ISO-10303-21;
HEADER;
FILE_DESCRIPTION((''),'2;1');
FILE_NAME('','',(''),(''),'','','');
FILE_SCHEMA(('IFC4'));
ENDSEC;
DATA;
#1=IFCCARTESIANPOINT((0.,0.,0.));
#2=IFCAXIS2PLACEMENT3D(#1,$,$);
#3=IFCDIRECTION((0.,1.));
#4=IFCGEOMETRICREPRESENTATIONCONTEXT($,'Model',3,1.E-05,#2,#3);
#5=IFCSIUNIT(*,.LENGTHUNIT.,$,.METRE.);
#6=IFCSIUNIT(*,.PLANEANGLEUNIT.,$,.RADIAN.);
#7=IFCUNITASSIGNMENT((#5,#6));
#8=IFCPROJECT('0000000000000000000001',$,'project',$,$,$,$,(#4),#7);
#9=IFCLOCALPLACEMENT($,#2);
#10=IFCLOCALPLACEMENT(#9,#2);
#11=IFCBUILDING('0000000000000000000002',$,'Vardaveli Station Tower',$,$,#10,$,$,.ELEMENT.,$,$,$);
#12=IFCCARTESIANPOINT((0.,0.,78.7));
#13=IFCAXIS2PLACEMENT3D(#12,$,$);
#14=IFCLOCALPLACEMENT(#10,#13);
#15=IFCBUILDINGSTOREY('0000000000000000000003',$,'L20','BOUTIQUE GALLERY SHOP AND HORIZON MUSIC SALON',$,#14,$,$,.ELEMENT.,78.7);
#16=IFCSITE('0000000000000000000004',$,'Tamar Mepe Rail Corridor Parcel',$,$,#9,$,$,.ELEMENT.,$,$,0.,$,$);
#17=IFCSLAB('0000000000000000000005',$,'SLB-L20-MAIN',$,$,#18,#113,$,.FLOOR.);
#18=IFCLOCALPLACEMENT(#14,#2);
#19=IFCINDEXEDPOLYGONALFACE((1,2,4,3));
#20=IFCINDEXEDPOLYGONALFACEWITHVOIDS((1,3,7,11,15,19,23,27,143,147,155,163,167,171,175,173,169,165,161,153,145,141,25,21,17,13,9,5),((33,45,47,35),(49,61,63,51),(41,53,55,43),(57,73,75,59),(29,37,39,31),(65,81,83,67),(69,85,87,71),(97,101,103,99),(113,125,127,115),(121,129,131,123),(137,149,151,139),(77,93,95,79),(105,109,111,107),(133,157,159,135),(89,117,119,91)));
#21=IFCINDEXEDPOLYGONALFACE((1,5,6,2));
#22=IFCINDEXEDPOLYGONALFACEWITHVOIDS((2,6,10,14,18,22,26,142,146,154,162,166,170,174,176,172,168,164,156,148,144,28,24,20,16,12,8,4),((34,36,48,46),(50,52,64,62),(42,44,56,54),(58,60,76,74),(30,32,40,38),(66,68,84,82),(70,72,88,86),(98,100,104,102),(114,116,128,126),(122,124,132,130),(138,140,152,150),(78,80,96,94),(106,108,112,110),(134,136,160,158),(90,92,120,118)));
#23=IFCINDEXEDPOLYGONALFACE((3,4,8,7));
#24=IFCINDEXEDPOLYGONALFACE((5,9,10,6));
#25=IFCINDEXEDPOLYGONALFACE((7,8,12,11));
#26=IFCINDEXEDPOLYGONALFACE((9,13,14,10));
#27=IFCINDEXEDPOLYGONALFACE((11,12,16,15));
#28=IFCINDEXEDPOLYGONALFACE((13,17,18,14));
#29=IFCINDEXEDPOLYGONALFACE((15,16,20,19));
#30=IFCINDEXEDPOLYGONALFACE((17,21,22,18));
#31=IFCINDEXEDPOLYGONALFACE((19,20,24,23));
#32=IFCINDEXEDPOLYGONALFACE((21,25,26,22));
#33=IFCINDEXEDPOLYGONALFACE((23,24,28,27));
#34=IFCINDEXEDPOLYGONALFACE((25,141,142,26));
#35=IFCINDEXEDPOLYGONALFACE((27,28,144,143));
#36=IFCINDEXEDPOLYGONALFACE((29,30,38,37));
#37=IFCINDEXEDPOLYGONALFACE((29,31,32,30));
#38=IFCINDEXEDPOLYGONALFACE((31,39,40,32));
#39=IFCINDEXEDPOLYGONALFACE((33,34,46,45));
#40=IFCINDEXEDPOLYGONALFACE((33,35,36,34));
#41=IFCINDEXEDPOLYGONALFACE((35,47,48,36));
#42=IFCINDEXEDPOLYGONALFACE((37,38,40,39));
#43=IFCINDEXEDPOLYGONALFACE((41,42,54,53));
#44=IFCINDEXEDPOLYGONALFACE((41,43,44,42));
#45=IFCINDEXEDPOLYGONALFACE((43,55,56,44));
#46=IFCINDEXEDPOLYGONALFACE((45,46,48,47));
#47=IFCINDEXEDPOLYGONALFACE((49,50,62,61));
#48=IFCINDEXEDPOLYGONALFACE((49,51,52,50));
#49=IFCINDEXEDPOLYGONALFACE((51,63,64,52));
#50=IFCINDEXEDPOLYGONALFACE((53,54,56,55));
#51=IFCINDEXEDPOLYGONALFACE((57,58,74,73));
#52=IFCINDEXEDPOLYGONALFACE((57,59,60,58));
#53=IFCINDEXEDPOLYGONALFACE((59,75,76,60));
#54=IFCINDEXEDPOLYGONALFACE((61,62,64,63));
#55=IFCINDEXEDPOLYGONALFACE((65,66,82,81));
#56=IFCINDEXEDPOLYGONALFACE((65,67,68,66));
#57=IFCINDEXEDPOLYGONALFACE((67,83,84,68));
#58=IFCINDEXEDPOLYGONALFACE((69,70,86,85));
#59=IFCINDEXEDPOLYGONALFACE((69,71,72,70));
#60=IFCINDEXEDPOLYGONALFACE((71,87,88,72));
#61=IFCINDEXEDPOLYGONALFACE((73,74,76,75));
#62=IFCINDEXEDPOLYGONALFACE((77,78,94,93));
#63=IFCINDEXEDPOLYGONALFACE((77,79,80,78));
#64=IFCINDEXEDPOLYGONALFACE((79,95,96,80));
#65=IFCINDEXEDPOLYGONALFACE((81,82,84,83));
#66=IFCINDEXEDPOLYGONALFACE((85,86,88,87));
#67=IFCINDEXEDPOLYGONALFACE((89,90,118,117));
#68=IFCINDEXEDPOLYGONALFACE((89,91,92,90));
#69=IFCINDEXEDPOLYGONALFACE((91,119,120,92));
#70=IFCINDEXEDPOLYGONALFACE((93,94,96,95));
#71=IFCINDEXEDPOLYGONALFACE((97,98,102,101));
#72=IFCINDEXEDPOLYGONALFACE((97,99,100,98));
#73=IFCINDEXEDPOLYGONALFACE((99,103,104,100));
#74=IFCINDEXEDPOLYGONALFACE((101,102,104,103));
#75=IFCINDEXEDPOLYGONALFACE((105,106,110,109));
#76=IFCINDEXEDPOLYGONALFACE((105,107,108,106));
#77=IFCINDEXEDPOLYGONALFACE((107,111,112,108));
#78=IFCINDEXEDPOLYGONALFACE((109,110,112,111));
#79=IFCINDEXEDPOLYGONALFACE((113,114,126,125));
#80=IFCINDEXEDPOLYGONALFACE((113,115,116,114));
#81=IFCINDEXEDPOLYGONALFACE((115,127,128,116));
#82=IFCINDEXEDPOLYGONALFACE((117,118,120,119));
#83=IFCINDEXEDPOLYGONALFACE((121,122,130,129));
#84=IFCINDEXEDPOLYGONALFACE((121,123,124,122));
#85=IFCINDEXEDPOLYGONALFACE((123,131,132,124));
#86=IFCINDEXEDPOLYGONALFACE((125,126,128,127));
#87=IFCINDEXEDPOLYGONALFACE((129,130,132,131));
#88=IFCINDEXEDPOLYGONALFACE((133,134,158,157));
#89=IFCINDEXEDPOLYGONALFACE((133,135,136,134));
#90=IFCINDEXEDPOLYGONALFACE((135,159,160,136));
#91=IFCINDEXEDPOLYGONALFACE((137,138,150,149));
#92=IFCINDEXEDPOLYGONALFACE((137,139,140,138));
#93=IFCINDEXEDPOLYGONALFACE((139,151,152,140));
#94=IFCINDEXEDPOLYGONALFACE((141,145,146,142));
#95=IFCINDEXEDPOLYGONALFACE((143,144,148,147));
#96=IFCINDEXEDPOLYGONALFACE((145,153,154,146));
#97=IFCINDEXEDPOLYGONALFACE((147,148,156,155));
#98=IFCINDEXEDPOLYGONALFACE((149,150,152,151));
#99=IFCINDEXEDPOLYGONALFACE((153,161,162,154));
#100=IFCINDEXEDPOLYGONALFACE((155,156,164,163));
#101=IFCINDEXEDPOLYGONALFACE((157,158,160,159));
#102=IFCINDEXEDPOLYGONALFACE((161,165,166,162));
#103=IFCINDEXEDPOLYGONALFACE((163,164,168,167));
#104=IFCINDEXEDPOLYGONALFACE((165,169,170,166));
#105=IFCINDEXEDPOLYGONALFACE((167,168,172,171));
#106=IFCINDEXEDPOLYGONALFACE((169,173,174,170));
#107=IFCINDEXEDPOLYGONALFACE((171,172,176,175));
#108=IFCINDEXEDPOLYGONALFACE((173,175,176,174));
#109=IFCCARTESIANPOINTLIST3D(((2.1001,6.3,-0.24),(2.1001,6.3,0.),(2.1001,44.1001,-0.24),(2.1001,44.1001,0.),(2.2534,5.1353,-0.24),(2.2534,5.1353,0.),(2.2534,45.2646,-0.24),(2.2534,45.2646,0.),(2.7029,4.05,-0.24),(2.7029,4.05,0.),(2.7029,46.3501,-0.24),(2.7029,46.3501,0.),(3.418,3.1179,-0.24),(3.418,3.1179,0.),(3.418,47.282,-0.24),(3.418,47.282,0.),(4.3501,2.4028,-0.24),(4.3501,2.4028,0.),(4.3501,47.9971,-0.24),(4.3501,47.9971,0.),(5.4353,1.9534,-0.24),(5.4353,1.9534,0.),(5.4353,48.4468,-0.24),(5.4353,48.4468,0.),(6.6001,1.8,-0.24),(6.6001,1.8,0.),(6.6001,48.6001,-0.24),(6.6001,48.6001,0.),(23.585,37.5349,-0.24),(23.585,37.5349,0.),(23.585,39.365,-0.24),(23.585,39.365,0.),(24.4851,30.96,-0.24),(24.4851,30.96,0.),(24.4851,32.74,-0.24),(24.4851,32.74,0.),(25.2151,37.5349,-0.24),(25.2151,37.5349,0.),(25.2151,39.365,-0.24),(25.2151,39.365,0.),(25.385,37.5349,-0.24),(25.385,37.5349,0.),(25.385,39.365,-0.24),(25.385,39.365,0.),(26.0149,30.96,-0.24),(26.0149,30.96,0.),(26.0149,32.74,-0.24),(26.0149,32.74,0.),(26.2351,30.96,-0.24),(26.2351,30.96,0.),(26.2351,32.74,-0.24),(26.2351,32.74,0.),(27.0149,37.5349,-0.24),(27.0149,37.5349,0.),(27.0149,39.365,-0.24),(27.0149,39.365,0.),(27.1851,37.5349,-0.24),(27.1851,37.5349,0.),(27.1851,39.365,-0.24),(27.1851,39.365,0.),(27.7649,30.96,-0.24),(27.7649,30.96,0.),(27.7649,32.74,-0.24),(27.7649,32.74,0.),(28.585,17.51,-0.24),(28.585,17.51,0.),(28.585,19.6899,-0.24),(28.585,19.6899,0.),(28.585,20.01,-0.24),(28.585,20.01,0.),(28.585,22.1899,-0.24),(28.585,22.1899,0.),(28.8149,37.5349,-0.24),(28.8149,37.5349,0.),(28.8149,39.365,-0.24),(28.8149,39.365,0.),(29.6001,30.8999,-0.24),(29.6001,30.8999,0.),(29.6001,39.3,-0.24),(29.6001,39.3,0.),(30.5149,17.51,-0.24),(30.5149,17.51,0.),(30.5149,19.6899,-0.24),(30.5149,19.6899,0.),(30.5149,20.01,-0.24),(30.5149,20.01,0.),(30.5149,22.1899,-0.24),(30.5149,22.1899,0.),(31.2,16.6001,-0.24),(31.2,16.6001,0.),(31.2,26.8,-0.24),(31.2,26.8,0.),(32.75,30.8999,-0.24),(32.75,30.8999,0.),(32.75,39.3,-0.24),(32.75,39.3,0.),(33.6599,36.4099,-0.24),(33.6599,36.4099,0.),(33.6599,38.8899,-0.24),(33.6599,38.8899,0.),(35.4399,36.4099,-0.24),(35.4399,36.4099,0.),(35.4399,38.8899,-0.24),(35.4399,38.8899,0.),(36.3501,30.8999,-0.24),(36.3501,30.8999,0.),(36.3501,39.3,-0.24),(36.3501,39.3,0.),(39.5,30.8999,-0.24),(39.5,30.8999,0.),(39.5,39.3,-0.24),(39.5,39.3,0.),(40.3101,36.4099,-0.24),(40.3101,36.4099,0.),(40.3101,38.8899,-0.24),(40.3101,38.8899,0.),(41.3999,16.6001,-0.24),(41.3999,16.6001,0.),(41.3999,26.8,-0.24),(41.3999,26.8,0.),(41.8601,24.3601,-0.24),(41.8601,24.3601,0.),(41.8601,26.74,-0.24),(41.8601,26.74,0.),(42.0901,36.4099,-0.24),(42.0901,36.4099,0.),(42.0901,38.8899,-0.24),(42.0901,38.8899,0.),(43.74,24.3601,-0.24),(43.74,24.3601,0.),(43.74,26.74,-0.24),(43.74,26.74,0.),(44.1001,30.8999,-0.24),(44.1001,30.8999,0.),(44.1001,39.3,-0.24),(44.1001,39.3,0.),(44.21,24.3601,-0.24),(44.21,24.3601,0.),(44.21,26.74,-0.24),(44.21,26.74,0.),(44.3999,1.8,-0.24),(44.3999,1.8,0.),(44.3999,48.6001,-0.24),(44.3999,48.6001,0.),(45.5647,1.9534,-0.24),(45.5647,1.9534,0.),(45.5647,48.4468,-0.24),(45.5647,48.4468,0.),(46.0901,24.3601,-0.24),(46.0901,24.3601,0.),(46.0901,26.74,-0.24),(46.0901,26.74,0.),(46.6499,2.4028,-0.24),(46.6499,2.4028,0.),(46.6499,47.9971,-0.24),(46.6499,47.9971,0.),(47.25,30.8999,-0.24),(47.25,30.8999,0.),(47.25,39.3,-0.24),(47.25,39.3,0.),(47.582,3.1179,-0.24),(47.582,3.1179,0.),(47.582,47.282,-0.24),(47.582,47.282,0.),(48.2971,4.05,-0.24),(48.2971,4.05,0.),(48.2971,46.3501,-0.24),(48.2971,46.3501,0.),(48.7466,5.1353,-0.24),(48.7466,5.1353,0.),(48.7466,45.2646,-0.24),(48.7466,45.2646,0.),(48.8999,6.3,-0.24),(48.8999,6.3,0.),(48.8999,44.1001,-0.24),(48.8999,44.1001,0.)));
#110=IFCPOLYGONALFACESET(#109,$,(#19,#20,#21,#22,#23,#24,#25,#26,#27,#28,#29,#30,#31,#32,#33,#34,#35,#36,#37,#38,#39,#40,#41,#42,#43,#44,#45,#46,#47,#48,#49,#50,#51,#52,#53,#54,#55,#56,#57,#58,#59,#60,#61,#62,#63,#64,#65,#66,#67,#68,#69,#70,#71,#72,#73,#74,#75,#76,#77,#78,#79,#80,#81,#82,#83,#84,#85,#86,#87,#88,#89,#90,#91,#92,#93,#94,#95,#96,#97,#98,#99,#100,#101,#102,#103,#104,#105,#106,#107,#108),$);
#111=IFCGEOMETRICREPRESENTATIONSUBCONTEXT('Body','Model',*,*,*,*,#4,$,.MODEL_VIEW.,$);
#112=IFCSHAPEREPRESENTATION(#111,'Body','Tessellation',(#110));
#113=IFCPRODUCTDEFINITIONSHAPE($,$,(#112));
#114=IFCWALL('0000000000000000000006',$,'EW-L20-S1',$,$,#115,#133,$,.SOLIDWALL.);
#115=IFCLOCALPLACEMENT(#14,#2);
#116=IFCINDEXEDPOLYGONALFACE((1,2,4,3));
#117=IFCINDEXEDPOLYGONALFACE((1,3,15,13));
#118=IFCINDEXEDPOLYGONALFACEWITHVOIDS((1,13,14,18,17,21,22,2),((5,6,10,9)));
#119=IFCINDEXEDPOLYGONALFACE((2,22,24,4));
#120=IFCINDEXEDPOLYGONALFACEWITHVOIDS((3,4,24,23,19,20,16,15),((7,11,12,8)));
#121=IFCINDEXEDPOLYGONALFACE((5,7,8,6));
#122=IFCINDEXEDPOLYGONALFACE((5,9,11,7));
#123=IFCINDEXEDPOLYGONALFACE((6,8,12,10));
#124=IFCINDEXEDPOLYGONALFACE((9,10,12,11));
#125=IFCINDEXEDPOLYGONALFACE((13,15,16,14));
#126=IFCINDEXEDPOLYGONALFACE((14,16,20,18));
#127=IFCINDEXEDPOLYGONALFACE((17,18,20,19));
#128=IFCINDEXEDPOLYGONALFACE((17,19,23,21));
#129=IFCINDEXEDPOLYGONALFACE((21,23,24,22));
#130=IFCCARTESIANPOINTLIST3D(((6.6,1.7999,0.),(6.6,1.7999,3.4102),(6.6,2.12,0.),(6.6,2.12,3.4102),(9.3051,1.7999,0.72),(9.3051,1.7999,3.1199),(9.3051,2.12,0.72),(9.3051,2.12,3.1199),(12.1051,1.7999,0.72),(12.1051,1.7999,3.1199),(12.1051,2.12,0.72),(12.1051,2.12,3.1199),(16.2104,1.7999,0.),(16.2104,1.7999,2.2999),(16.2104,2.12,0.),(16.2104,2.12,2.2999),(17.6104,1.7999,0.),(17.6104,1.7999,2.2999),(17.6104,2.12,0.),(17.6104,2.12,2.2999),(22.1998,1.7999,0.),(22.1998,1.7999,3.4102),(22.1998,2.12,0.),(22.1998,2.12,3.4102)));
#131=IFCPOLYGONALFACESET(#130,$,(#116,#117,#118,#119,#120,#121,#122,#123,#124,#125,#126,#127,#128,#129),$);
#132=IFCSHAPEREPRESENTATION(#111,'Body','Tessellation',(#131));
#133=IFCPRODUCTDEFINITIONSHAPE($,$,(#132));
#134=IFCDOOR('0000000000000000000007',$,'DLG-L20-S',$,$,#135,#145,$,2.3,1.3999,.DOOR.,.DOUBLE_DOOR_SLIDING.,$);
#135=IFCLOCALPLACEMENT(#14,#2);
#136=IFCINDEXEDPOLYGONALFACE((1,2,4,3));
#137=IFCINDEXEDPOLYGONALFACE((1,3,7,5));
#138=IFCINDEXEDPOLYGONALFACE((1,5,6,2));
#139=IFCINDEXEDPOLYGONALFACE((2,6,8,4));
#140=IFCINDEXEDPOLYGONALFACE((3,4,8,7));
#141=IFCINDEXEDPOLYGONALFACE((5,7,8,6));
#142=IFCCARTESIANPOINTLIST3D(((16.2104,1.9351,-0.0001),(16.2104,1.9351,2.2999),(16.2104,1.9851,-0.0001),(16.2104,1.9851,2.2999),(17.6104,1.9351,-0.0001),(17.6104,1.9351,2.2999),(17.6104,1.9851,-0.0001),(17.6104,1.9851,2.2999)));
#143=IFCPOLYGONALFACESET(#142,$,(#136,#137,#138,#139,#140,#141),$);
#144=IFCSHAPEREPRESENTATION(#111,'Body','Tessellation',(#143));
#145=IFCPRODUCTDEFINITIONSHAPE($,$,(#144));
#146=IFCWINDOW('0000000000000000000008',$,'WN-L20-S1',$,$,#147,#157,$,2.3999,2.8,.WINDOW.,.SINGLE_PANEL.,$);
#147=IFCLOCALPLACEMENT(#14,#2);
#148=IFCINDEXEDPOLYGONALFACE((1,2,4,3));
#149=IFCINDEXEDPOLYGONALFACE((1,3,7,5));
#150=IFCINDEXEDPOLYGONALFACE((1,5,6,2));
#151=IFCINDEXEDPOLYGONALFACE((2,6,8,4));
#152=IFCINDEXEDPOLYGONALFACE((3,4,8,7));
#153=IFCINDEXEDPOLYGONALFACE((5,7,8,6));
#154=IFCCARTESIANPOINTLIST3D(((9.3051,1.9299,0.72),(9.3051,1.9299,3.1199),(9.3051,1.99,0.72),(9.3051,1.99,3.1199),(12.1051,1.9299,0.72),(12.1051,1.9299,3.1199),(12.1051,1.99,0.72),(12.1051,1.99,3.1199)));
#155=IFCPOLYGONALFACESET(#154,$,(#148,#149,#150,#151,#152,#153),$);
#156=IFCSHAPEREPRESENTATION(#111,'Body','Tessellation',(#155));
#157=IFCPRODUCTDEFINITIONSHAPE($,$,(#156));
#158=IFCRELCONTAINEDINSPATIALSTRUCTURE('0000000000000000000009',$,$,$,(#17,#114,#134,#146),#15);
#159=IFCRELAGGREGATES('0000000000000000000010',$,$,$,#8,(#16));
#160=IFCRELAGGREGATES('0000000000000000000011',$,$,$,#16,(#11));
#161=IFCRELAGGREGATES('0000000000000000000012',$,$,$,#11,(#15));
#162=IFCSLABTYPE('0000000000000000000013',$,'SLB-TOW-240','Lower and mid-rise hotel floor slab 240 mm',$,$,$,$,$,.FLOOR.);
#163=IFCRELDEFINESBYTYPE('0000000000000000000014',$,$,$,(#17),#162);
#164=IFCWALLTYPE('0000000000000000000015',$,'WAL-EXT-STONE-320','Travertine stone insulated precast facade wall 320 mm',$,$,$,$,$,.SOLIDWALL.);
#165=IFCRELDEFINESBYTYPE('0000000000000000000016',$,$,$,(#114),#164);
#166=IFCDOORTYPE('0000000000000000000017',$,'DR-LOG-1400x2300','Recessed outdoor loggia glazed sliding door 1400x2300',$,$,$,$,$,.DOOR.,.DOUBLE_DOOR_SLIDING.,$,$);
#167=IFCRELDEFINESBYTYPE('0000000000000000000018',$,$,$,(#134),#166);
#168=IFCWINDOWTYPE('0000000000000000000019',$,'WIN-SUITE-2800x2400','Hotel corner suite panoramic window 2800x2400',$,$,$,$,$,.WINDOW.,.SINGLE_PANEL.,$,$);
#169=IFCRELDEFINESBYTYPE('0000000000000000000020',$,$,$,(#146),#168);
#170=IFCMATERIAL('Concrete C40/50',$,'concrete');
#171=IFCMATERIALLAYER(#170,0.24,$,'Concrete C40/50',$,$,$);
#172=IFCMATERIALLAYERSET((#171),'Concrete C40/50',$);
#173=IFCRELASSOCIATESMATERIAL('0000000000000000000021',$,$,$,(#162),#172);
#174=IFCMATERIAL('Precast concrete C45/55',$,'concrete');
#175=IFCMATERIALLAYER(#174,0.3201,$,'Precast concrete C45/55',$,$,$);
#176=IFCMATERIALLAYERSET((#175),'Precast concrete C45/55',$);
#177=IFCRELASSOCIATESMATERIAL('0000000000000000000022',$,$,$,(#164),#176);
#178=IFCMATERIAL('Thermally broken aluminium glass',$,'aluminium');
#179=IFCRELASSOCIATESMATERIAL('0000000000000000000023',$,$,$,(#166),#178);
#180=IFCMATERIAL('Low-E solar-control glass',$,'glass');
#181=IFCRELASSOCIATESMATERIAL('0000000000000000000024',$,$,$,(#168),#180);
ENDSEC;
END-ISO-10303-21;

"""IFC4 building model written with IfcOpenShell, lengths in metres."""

from ifc_helpers import new_model, si_unit, direction, frame, frame_2d, origin, place, context, subcontext, project, spatial, polyline, rectangle, outline, extrude, source, transform, mapped, material, layer, layer_set, type_object, element, fill, save


model = new_model("IFC4")

# Units and contexts
model_context = context("Model", 3, precision=1e-05, world=origin(), true_north=direction((0.0, 1.0)))
body_context = subcontext(model_context, "Body", "Model", "MODEL_VIEW")
ifc_project = project(units=[si_unit("LENGTHUNIT", "METRE"), si_unit("PLANEANGLEUNIT", "RADIAN")], contexts=[model_context])

# Site, building, storey
site_placement = place(None, origin())
site = spatial("IfcSite", under=ifc_project, at=site_placement, Name="Tamar Mepe Rail Corridor Parcel", CompositionType="ELEMENT", RefElevation=0.0)
building_placement = place(site_placement, origin())
building = spatial("IfcBuilding", under=site, at=building_placement, Name="Vardaveli Station Tower", CompositionType="ELEMENT")
storey_placement = place(building_placement, frame((0.0, 0.0, 78.7)))
storey = spatial("IfcBuildingStorey", under=building, at=storey_placement, Name="L20", Description="BOUTIQUE GALLERY SHOP AND HORIZON MUSIC SALON", CompositionType="ELEMENT", Elevation=78.7)

# Shared definitions
ifc_material_1 = material(Name="Concrete C40/50", Category="concrete")

# Slab
ifc_material_2 = material(Name="Precast concrete C45/55", Category="concrete")
ifc_layer_1 = layer(ifc_material_1, 0.24, Name="Concrete C40/50")
ifc_layer_set_1 = layer_set([ifc_layer_1], Name="Concrete C40/50")
slab_type_1 = type_object("IfcSlabType", Name="SLB-TOW-240", Description="Lower and mid-rise hotel floor slab 240 mm", PredefinedType="FLOOR", material=ifc_layer_set_1)
slab_1_placement = place(storey_placement, frame((0.0, 0.0, -0.24)))
element("IfcSlab", 1, at=slab_1_placement, inside=storey, type_object=slab_type_1, Name="SLB-L20-MAIN", PredefinedType="FLOOR", context=body_context, shape_type="SweptSolid", body=[
    extrude(outline(polyline([(2.1001, 6.3), (2.2534, 5.1353), (2.7029, 4.05), (3.418, 3.1179), (4.3501, 2.4028), (5.4353, 1.9534), (6.6001, 1.8), (44.3999, 1.8), (45.5647, 1.9534), (46.6499, 2.4028), (47.582, 3.1179), (48.2971, 4.05), (48.7466, 5.1353), (48.8999, 6.3), (48.8999, 44.1001), (48.7466, 45.2646), (48.2971, 46.3501), (47.582, 47.282), (46.6499, 47.9971), (45.5647, 48.4468), (44.3999, 48.6001), (6.6001, 48.6001), (5.4353, 48.4468), (4.3501, 47.9971), (3.418, 47.282), (2.7029, 46.3501), (2.2534, 45.2646), (2.1001, 44.1001), (2.1001, 6.3)]), holes=[polyline([(31.2, 16.6001), (41.3999, 16.6001), (41.3999, 26.8), (31.2, 26.8), (31.2, 16.6001)]), polyline([(32.75, 30.8999), (32.75, 39.3), (29.6001, 39.3), (29.6001, 30.8999), (32.75, 30.8999)]), polyline([(39.5, 30.8999), (39.5, 39.3), (36.3501, 39.3), (36.3501, 30.8999), (39.5, 30.8999)]), polyline([(47.25, 30.8999), (47.25, 39.3), (44.1001, 39.3), (44.1001, 30.8999), (47.25, 30.8999)]), polyline([(23.585, 37.5349), (25.2151, 37.5349), (25.2151, 39.365), (23.585, 39.365), (23.585, 37.5349)]), polyline([(25.385, 37.5349), (27.0149, 37.5349), (27.0149, 39.365), (25.385, 39.365), (25.385, 37.5349)]), polyline([(27.1851, 37.5349), (28.8149, 37.5349), (28.8149, 39.365), (27.1851, 39.365), (27.1851, 37.5349)]), polyline([(33.6599, 36.4099), (35.4399, 36.4099), (35.4399, 38.8899), (33.6599, 38.8899), (33.6599, 36.4099)]), polyline([(40.3101, 36.4099), (42.0901, 36.4099), (42.0901, 38.8899), (40.3101, 38.8899), (40.3101, 36.4099)]), polyline([(24.4851, 30.96), (26.0149, 30.96), (26.0149, 32.74), (24.4851, 32.74), (24.4851, 30.96)]), polyline([(26.2351, 30.96), (27.7649, 30.96), (27.7649, 32.74), (26.2351, 32.74), (26.2351, 30.96)]), polyline([(28.585, 17.51), (30.5149, 17.51), (30.5149, 19.6899), (28.585, 19.6899), (28.585, 17.51)]), polyline([(28.585, 20.01), (30.5149, 20.01), (30.5149, 22.1899), (28.585, 22.1899), (28.585, 20.01)]), polyline([(41.8601, 24.3601), (43.74, 24.3601), (43.74, 26.74), (41.8601, 26.74), (41.8601, 24.3601)]), polyline([(44.21, 24.3601), (46.0901, 24.3601), (46.0901, 26.74), (44.21, 26.74), (44.21, 24.3601)])]), origin(), (0.0, 0.0, 1.0), 0.24),
])

# Wall, openings, door, window
ifc_layer_2 = layer(ifc_material_2, 0.3201, Name="Precast concrete C45/55")
ifc_layer_set_2 = layer_set([ifc_layer_2], Name="Precast concrete C45/55")
wall_type = type_object("IfcWallType", Name="WAL-EXT-STONE-320", Description="Travertine stone insulated precast facade wall 320 mm", PredefinedType="SOLIDWALL", material=ifc_layer_set_2)
shared_shape_1 = source(origin(), body_context, "Body", "SweptSolid", [
    extrude(rectangle(XDim=15.5999, YDim=0.3201, at=frame_2d((7.7998, 0.0))), origin(), (0.0, 0.0, 1.0), 3.4102),
])
wall_1_placement = place(storey_placement, frame((6.6001, 1.96, 0.0), z_axis=(0.0, 0.0, 1.0), x_axis=(1.0, 0.0, 0.0)))
wall_1 = element("IfcWall", 2, at=wall_1_placement, inside=storey, type_object=wall_type, Name="EW-L20-S1", PredefinedType="SOLIDWALL", context=body_context, shape_type="MappedRepresentation", body=[
    mapped(shared_shape_1, transform((0.0, 0.0, 0.0), scale=1.0)),
])
shared_shape_2 = source(origin(), body_context, "Body", "SweptSolid", [
    extrude(rectangle(XDim=1.3999, YDim=2.3, at=frame_2d((0.7, 1.1499))), frame((0.0, 0.1699, 0.0), z_axis=(0.0, -1.0, 0.0), x_axis=(1.0, 0.0, 0.0)), (0.0, 0.0, 1.0), 0.3401),
])
opening_1_placement = place(wall_1_placement, frame((9.6104, 0.0, 0.0)))
opening_1 = element("IfcOpeningElement", 3, at=opening_1_placement, cuts=wall_1, PredefinedType="OPENING", context=body_context, shape_type="MappedRepresentation", body=[
    mapped(shared_shape_2, transform((0.0, 0.0, 0.0), scale=1.0)),
])
shared_shape_3 = source(origin(), body_context, "Body", "SweptSolid", [
    extrude(rectangle(XDim=2.8, YDim=2.3999, at=frame_2d((1.3999, 1.2))), frame((0.0, 0.1699, 0.0), z_axis=(0.0, -1.0, 0.0), x_axis=(1.0, 0.0, 0.0)), (0.0, 0.0, 1.0), 0.3401),
])
opening_2_placement = place(wall_1_placement, frame((2.7051, 0.0, 0.72)))
opening_2 = element("IfcOpeningElement", 4, at=opening_2_placement, cuts=wall_1, PredefinedType="OPENING", context=body_context, shape_type="MappedRepresentation", body=[
    mapped(shared_shape_3, transform((0.0, 0.0, 0.0), scale=1.0)),
])
ifc_material_3 = material(Name="Thermally broken aluminium glass", Category="aluminium")
door_type = type_object("IfcDoorType", Name="DR-LOG-1400x2300", Description="Recessed outdoor loggia glazed sliding door 1400x2300", OperationType="DOUBLE_DOOR_SLIDING", PredefinedType="DOOR", material=ifc_material_3)
shared_shape_4 = source(origin(), body_context, "Body", "SweptSolid", [
    extrude(rectangle(XDim=1.3999, YDim=2.3, at=frame_2d((0.7, 1.1499))), frame((0.0, 0.0249, 0.0), z_axis=(0.0, -1.0, 0.0), x_axis=(1.0, 0.0, 0.0)), (0.0, 0.0, 1.0), 0.05),
])
door_placement = place(opening_1_placement, frame((1.3999, 0.0, 0.0), z_axis=(0.0, 0.0, 1.0), x_axis=(-1.0, 0.0, 0.0)))
door = element("IfcDoor", 5, at=door_placement, inside=storey, type_object=door_type, Name="DLG-L20-S", OperationType="DOUBLE_DOOR_SLIDING", OverallHeight=2.3, OverallWidth=1.3999, PredefinedType="DOOR", context=body_context, shape_type="MappedRepresentation", body=[
    mapped(shared_shape_4, transform((0.0, 0.0, 0.0), scale=1.0)),
])
fill(opening_1, door)
ifc_material_4 = material(Name="Low-E solar-control glass", Category="glass")
window_type = type_object("IfcWindowType", Name="WIN-SUITE-2800x2400", Description="Hotel corner suite panoramic window 2800x2400", PartitioningType="SINGLE_PANEL", PredefinedType="WINDOW", material=ifc_material_4)
shared_shape_5 = source(origin(), body_context, "Body", "SweptSolid", [
    extrude(rectangle(XDim=2.8, YDim=2.3999, at=frame_2d((1.3999, 1.2))), frame((0.0, 0.03, 0.0), z_axis=(0.0, -1.0, 0.0), x_axis=(1.0, 0.0, 0.0)), (0.0, 0.0, 1.0), 0.0601),
])
window_placement = place(opening_2_placement, origin())
window = element("IfcWindow", 6, at=window_placement, inside=storey, type_object=window_type, Name="WN-L20-S1", OverallHeight=2.3999, OverallWidth=2.8, PartitioningType="SINGLE_PANEL", PredefinedType="WINDOW", context=body_context, shape_type="MappedRepresentation", body=[
    mapped(shared_shape_5, transform((0.0, 0.0, 0.0), scale=1.0)),
])
fill(opening_2, window)

save(model, "model.ifc")
